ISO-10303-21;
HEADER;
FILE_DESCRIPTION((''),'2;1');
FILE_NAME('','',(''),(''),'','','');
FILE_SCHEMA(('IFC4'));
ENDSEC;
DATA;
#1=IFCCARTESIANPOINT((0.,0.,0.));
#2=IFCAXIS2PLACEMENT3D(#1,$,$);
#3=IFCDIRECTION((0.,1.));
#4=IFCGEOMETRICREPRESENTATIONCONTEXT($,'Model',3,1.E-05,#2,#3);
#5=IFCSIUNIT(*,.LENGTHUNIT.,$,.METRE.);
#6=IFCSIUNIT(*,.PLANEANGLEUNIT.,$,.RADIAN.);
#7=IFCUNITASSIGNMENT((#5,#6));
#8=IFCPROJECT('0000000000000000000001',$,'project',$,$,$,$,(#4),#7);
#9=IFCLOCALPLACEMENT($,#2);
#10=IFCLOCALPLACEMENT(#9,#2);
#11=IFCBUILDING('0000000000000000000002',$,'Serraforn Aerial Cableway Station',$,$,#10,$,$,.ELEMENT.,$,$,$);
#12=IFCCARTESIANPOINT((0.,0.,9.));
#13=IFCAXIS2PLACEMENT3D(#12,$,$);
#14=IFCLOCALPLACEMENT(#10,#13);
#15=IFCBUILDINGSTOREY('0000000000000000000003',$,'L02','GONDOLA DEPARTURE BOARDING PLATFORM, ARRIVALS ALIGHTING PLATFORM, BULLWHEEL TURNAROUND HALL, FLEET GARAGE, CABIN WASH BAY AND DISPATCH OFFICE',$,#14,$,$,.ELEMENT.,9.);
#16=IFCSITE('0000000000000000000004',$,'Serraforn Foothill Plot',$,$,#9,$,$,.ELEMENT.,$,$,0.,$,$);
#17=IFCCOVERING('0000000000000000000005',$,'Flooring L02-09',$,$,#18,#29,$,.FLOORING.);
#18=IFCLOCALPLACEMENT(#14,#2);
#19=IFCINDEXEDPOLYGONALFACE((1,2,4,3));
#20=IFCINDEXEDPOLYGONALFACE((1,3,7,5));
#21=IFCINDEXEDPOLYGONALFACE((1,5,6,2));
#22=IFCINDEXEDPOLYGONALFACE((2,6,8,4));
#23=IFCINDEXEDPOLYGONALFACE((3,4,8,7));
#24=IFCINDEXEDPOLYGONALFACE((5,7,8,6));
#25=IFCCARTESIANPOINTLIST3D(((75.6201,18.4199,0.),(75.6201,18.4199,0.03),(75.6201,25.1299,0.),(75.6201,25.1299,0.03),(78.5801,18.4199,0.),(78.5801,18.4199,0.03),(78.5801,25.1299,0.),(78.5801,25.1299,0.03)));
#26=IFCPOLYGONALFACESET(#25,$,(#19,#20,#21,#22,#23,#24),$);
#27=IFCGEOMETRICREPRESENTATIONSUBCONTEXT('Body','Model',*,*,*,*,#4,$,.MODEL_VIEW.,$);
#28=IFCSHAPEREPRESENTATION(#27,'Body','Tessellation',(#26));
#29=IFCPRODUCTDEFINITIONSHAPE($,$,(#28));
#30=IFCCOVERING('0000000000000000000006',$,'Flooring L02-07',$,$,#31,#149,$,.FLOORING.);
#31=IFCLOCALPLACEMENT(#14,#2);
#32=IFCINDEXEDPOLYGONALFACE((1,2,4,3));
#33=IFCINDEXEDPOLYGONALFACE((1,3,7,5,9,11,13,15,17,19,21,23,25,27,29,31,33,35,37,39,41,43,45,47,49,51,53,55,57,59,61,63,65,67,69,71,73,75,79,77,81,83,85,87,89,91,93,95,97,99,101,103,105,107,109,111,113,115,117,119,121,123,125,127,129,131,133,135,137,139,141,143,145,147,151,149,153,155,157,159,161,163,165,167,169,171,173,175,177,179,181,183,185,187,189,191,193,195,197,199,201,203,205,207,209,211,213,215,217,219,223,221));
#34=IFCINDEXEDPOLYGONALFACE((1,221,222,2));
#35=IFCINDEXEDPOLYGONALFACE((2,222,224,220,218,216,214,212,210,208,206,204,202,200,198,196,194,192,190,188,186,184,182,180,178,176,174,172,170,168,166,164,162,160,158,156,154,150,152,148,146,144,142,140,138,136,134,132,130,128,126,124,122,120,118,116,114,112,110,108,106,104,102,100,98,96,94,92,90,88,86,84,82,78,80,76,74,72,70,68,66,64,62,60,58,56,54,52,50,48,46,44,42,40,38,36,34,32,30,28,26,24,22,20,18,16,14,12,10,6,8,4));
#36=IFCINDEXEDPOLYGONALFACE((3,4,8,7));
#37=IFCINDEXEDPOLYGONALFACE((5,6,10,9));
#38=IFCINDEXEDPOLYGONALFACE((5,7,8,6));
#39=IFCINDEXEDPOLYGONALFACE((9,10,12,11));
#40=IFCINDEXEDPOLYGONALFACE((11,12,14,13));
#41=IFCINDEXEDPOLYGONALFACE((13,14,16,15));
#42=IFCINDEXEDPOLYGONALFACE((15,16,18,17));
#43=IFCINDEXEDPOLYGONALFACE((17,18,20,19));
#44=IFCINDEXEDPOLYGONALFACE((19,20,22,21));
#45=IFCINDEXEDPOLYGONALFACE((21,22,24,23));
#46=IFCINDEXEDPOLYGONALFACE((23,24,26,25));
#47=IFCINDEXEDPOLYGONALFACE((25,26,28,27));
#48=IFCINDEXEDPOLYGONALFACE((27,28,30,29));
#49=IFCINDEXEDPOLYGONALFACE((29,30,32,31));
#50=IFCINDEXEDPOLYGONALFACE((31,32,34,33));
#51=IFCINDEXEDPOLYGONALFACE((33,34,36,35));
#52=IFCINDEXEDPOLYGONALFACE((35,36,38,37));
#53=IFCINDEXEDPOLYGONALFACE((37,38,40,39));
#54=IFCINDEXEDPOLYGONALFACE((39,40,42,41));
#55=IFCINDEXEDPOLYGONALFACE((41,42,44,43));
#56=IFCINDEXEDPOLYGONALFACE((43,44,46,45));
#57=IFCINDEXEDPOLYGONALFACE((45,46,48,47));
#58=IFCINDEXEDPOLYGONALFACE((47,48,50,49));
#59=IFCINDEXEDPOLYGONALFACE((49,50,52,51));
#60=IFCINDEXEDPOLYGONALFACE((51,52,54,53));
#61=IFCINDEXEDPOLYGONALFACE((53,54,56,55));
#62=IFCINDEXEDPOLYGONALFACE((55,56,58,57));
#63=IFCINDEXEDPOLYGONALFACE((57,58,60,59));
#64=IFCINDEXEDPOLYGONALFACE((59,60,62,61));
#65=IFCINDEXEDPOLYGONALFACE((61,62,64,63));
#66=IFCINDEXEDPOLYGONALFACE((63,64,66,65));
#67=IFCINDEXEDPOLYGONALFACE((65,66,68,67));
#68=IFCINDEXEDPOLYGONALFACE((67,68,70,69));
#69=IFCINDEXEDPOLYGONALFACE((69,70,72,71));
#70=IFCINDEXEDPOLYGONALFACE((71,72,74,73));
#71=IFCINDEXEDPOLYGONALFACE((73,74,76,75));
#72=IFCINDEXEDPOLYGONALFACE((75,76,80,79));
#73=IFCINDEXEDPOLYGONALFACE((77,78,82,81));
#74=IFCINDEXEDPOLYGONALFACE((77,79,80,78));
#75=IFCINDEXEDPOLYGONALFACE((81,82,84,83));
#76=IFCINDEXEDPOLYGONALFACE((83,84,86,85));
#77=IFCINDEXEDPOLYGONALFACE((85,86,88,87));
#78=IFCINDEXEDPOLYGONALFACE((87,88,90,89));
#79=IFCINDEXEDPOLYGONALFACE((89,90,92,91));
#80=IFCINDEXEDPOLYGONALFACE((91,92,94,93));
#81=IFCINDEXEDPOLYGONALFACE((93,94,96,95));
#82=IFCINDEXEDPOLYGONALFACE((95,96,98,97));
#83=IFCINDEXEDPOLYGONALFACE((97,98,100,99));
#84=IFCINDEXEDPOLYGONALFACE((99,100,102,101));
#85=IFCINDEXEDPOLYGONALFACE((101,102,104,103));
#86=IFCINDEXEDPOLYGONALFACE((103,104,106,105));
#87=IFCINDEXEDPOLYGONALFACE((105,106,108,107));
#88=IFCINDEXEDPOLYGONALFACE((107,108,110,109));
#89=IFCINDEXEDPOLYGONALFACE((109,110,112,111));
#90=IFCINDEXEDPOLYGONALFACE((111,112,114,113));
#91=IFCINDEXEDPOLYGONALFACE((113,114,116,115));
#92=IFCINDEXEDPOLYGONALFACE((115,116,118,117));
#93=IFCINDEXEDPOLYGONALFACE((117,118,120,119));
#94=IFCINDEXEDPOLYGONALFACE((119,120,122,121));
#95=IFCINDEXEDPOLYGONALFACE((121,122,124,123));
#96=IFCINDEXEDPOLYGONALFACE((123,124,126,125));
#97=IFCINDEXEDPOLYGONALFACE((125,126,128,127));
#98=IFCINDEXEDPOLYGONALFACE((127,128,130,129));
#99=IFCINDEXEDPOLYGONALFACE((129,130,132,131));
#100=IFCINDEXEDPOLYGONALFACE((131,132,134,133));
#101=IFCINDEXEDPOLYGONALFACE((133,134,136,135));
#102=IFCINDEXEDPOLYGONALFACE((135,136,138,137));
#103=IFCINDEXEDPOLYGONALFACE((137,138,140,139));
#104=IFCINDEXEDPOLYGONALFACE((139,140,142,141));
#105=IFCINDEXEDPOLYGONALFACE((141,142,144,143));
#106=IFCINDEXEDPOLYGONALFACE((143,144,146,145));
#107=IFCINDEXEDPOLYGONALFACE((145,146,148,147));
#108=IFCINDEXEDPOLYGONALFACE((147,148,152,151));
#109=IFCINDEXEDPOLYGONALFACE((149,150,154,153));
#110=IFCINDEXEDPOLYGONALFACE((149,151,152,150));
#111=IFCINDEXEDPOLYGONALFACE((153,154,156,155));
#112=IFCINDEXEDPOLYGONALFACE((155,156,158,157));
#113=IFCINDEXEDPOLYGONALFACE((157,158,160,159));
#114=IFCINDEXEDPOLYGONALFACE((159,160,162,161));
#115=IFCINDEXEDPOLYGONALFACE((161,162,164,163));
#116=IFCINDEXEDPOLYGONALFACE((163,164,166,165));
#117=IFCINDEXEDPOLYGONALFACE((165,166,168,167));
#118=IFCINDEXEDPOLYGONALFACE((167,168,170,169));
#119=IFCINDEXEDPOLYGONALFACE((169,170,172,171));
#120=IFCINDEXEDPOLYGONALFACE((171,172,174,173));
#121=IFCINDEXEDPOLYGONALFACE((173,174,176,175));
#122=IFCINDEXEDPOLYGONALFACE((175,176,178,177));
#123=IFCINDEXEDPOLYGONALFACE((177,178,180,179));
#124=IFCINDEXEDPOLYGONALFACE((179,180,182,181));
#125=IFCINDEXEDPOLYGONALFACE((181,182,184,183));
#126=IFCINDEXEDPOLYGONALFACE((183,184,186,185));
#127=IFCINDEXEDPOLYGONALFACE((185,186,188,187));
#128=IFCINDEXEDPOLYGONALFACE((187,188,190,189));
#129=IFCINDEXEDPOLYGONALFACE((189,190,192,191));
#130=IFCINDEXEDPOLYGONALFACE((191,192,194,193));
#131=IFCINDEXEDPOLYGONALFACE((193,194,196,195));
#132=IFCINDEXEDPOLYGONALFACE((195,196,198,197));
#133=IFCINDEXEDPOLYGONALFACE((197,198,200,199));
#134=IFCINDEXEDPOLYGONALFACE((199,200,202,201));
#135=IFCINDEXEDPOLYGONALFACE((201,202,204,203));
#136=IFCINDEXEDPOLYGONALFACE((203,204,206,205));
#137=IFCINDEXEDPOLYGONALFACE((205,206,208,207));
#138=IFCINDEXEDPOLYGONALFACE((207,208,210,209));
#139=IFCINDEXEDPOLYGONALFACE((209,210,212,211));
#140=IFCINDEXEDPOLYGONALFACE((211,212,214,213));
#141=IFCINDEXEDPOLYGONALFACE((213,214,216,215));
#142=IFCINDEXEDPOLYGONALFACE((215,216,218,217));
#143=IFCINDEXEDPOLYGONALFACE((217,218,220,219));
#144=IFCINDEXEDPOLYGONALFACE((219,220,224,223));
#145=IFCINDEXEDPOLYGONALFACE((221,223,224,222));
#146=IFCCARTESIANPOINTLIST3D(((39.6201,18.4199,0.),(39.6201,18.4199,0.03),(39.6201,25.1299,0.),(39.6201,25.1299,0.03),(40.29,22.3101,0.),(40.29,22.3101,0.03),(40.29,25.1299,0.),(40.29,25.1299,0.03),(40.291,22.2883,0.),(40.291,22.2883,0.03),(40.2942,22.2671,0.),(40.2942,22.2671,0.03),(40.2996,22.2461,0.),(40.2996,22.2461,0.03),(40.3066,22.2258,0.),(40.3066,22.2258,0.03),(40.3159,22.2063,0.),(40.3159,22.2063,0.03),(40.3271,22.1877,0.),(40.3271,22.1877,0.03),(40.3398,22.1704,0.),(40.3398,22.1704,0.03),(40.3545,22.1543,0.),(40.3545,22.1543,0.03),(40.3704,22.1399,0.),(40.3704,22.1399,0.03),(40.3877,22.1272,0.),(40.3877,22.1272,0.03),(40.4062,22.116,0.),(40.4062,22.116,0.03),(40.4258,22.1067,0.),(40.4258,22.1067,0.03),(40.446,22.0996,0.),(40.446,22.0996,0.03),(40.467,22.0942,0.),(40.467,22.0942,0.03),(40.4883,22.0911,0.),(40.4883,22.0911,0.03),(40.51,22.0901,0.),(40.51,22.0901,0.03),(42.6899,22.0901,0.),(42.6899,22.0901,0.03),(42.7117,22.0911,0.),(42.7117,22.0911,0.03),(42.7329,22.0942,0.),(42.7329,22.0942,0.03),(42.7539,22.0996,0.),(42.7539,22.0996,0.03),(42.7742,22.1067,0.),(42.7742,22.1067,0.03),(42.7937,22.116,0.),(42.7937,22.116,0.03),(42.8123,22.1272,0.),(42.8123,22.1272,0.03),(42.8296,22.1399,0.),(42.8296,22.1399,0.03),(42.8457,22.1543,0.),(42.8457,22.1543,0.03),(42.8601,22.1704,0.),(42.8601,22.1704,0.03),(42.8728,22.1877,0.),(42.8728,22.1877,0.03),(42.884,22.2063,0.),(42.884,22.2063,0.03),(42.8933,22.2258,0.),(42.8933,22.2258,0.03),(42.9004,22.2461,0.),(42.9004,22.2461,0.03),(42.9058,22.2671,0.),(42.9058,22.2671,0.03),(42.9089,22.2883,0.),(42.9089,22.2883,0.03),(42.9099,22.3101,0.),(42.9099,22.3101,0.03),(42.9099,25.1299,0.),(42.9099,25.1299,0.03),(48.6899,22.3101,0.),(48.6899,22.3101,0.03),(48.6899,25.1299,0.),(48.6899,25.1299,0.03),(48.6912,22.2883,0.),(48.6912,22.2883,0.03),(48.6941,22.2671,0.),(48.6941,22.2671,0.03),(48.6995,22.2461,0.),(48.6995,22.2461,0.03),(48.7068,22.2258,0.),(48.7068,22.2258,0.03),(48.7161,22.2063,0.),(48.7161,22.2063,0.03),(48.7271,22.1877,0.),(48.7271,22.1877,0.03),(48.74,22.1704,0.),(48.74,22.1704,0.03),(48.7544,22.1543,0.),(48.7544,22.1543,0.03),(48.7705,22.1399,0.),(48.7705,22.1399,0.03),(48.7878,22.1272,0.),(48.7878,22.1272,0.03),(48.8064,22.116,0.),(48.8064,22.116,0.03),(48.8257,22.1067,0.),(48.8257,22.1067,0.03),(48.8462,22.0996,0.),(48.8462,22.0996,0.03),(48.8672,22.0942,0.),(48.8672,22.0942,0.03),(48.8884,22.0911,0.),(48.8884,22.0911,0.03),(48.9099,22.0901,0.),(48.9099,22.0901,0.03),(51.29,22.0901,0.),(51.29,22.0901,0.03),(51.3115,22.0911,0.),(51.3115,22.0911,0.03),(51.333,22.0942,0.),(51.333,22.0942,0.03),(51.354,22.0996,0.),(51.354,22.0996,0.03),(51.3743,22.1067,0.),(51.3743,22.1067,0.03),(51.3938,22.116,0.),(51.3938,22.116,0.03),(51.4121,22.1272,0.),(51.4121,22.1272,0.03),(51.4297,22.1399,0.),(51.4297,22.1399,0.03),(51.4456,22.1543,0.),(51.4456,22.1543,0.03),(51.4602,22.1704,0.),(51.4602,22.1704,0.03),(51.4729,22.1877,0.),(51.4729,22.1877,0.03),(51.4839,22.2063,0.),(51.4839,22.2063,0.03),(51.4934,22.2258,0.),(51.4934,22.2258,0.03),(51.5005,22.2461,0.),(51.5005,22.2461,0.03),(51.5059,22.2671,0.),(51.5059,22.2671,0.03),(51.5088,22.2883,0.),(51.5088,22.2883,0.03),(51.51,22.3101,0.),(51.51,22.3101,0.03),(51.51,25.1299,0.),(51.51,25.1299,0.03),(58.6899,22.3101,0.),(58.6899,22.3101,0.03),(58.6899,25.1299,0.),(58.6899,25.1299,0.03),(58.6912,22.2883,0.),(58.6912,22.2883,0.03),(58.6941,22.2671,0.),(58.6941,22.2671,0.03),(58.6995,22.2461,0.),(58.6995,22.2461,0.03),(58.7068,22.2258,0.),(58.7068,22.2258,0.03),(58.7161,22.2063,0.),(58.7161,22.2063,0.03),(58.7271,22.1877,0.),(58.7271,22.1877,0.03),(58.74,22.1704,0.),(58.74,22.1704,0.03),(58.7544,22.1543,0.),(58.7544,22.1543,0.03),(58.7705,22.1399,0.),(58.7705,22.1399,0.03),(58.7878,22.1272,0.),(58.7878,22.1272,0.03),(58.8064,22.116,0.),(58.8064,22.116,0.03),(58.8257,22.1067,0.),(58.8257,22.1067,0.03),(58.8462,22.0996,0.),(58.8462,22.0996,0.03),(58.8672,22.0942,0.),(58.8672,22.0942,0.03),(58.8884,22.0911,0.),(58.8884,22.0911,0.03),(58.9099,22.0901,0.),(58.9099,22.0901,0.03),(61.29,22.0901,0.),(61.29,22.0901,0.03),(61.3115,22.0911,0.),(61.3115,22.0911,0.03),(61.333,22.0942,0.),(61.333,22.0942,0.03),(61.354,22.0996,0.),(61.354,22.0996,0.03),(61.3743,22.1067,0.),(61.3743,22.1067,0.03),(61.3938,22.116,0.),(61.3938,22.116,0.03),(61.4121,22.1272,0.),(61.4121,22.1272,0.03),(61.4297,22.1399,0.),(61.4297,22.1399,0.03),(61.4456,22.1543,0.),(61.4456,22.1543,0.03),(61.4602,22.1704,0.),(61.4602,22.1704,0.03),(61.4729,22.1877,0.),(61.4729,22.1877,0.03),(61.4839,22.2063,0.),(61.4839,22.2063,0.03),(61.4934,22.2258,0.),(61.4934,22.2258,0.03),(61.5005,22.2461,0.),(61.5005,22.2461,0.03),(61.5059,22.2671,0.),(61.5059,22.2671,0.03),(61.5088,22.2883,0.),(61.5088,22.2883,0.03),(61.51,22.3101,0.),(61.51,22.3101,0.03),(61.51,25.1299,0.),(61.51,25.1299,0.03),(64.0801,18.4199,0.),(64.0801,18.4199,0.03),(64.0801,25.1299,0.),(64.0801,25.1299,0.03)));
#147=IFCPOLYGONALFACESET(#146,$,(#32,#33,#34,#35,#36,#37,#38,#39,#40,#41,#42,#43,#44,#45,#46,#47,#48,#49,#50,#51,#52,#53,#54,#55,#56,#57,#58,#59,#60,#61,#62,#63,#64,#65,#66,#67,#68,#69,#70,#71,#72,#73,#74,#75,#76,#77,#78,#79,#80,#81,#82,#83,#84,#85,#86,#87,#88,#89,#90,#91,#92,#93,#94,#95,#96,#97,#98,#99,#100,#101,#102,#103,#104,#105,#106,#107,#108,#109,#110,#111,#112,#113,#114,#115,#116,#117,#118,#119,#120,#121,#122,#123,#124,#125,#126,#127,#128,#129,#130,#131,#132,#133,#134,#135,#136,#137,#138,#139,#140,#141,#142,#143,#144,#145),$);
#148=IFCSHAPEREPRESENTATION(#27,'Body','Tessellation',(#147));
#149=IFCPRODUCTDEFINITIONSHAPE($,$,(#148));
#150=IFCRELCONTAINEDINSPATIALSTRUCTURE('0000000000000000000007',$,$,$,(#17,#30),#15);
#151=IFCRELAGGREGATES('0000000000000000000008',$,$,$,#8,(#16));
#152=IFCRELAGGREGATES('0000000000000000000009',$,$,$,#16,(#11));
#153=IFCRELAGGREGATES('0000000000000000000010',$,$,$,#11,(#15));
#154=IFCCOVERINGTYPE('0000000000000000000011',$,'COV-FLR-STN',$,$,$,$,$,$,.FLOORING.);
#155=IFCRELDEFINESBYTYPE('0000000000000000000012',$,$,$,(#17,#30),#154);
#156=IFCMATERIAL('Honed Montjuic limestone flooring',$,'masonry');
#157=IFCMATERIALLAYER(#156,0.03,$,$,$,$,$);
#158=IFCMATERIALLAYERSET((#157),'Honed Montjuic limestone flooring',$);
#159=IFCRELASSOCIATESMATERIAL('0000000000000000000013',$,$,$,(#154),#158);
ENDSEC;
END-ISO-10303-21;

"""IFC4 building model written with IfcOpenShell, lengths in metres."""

from ifc_helpers import new_model, si_unit, direction, frame, origin, place, context, subcontext, project, spatial, polyline, outline, extrude, material, layer, layer_set, type_object, element, save


model = new_model("IFC4")

# Units and contexts
model_context = context("Model", 3, precision=1e-05, world=origin(), true_north=direction((0.0, 1.0)))
body_context = subcontext(model_context, "Body", "Model", "MODEL_VIEW")
ifc_project = project(units=[si_unit("LENGTHUNIT", "METRE"), si_unit("PLANEANGLEUNIT", "RADIAN")], contexts=[model_context])

# Site, building, storey
site_placement = place(None, origin())
site = spatial("IfcSite", under=ifc_project, at=site_placement, Name="Serraforn Foothill Plot", CompositionType="ELEMENT", RefElevation=0.0)
building_placement = place(site_placement, origin())
building = spatial("IfcBuilding", under=site, at=building_placement, Name="Serraforn Aerial Cableway Station", CompositionType="ELEMENT")
storey_placement = place(building_placement, frame((0.0, 0.0, 9.0)))
storey = spatial("IfcBuildingStorey", under=building, at=storey_placement, Name="L02", Description="GONDOLA DEPARTURE BOARDING PLATFORM, ARRIVALS ALIGHTING PLATFORM, BULLWHEEL TURNAROUND HALL, FLEET GARAGE, CABIN WASH BAY AND DISPATCH OFFICE", CompositionType="ELEMENT", Elevation=9.0)

# Coverings
ifc_material_1 = material(Name="Honed Montjuic limestone flooring", Category="masonry")
ifc_layer_1 = layer(ifc_material_1, 0.03)
ifc_layer_set_1 = layer_set([ifc_layer_1], Name="Honed Montjuic limestone flooring")
covering_type_1 = type_object("IfcCoveringType", Name="COV-FLR-STN", PredefinedType="FLOORING", material=ifc_layer_set_1)
covering_1_placement = place(storey_placement, origin())
element("IfcCovering", 1, at=covering_1_placement, inside=storey, type_object=covering_type_1, Name="Flooring L02-09", PredefinedType="FLOORING", context=body_context, shape_type="SweptSolid", body=[
    extrude(outline(polyline([(75.6201, 18.4199), (75.6201, 25.1299), (78.5801, 25.1299), (78.5801, 18.4199), (75.6201, 18.4199)])), origin(), (0.0, 0.0, 1.0), 0.03),
])
covering_2_placement = place(storey_placement, origin())
element("IfcCovering", 2, at=covering_2_placement, inside=storey, type_object=covering_type_1, Name="Flooring L02-07", PredefinedType="FLOORING", context=body_context, shape_type="SweptSolid", body=[
    extrude(outline(polyline([(39.6201, 18.4199), (39.6201, 25.1299), (40.29, 25.1299), (40.29, 22.3101), (40.291, 22.2883), (40.2942, 22.2671), (40.2996, 22.2461), (40.3066, 22.2258), (40.3159, 22.2063), (40.3271, 22.1877), (40.3398, 22.1704), (40.3545, 22.1543), (40.3704, 22.1399), (40.3877, 22.1272), (40.4062, 22.116), (40.4258, 22.1067), (40.446, 22.0996), (40.467, 22.0942), (40.4883, 22.0911), (40.51, 22.0901), (42.6899, 22.0901), (42.7117, 22.0911), (42.7329, 22.0942), (42.7539, 22.0996), (42.7742, 22.1067), (42.7937, 22.116), (42.8123, 22.1272), (42.8296, 22.1399), (42.8457, 22.1543), (42.8601, 22.1704), (42.8728, 22.1877), (42.884, 22.2063), (42.8933, 22.2258), (42.9004, 22.2461), (42.9058, 22.2671), (42.9089, 22.2883), (42.9099, 22.3101), (42.9099, 25.1299), (48.6899, 25.1299), (48.6899, 22.3101), (48.6912, 22.2883), (48.6941, 22.2671), (48.6995, 22.2461), (48.7068, 22.2258), (48.7161, 22.2063), (48.7271, 22.1877), (48.74, 22.1704), (48.7544, 22.1543), (48.7705, 22.1399), (48.7878, 22.1272), (48.8064, 22.116), (48.8257, 22.1067), (48.8462, 22.0996), (48.8672, 22.0942), (48.8884, 22.0911), (48.9099, 22.0901), (51.29, 22.0901), (51.3115, 22.0911), (51.333, 22.0942), (51.354, 22.0996), (51.3743, 22.1067), (51.3938, 22.116), (51.4121, 22.1272), (51.4297, 22.1399), (51.4456, 22.1543), (51.4602, 22.1704), (51.4729, 22.1877), (51.4839, 22.2063), (51.4934, 22.2258), (51.5005, 22.2461), (51.5059, 22.2671), (51.5088, 22.2883), (51.51, 22.3101), (51.51, 25.1299), (58.6899, 25.1299), (58.6899, 22.3101), (58.6912, 22.2883), (58.6941, 22.2671), (58.6995, 22.2461), (58.7068, 22.2258), (58.7161, 22.2063), (58.7271, 22.1877), (58.74, 22.1704), (58.7544, 22.1543), (58.7705, 22.1399), (58.7878, 22.1272), (58.8064, 22.116), (58.8257, 22.1067), (58.8462, 22.0996), (58.8672, 22.0942), (58.8884, 22.0911), (58.9099, 22.0901), (61.29, 22.0901), (61.3115, 22.0911), (61.333, 22.0942), (61.354, 22.0996), (61.3743, 22.1067), (61.3938, 22.116), (61.4121, 22.1272), (61.4297, 22.1399), (61.4456, 22.1543), (61.4602, 22.1704), (61.4729, 22.1877), (61.4839, 22.2063), (61.4934, 22.2258), (61.5005, 22.2461), (61.5059, 22.2671), (61.5088, 22.2883), (61.51, 22.3101), (61.51, 25.1299), (64.0801, 25.1299), (64.0801, 18.4199), (39.6201, 18.4199)])), origin(), (0.0, 0.0, 1.0), 0.03),
])

save(model, "model.ifc")
